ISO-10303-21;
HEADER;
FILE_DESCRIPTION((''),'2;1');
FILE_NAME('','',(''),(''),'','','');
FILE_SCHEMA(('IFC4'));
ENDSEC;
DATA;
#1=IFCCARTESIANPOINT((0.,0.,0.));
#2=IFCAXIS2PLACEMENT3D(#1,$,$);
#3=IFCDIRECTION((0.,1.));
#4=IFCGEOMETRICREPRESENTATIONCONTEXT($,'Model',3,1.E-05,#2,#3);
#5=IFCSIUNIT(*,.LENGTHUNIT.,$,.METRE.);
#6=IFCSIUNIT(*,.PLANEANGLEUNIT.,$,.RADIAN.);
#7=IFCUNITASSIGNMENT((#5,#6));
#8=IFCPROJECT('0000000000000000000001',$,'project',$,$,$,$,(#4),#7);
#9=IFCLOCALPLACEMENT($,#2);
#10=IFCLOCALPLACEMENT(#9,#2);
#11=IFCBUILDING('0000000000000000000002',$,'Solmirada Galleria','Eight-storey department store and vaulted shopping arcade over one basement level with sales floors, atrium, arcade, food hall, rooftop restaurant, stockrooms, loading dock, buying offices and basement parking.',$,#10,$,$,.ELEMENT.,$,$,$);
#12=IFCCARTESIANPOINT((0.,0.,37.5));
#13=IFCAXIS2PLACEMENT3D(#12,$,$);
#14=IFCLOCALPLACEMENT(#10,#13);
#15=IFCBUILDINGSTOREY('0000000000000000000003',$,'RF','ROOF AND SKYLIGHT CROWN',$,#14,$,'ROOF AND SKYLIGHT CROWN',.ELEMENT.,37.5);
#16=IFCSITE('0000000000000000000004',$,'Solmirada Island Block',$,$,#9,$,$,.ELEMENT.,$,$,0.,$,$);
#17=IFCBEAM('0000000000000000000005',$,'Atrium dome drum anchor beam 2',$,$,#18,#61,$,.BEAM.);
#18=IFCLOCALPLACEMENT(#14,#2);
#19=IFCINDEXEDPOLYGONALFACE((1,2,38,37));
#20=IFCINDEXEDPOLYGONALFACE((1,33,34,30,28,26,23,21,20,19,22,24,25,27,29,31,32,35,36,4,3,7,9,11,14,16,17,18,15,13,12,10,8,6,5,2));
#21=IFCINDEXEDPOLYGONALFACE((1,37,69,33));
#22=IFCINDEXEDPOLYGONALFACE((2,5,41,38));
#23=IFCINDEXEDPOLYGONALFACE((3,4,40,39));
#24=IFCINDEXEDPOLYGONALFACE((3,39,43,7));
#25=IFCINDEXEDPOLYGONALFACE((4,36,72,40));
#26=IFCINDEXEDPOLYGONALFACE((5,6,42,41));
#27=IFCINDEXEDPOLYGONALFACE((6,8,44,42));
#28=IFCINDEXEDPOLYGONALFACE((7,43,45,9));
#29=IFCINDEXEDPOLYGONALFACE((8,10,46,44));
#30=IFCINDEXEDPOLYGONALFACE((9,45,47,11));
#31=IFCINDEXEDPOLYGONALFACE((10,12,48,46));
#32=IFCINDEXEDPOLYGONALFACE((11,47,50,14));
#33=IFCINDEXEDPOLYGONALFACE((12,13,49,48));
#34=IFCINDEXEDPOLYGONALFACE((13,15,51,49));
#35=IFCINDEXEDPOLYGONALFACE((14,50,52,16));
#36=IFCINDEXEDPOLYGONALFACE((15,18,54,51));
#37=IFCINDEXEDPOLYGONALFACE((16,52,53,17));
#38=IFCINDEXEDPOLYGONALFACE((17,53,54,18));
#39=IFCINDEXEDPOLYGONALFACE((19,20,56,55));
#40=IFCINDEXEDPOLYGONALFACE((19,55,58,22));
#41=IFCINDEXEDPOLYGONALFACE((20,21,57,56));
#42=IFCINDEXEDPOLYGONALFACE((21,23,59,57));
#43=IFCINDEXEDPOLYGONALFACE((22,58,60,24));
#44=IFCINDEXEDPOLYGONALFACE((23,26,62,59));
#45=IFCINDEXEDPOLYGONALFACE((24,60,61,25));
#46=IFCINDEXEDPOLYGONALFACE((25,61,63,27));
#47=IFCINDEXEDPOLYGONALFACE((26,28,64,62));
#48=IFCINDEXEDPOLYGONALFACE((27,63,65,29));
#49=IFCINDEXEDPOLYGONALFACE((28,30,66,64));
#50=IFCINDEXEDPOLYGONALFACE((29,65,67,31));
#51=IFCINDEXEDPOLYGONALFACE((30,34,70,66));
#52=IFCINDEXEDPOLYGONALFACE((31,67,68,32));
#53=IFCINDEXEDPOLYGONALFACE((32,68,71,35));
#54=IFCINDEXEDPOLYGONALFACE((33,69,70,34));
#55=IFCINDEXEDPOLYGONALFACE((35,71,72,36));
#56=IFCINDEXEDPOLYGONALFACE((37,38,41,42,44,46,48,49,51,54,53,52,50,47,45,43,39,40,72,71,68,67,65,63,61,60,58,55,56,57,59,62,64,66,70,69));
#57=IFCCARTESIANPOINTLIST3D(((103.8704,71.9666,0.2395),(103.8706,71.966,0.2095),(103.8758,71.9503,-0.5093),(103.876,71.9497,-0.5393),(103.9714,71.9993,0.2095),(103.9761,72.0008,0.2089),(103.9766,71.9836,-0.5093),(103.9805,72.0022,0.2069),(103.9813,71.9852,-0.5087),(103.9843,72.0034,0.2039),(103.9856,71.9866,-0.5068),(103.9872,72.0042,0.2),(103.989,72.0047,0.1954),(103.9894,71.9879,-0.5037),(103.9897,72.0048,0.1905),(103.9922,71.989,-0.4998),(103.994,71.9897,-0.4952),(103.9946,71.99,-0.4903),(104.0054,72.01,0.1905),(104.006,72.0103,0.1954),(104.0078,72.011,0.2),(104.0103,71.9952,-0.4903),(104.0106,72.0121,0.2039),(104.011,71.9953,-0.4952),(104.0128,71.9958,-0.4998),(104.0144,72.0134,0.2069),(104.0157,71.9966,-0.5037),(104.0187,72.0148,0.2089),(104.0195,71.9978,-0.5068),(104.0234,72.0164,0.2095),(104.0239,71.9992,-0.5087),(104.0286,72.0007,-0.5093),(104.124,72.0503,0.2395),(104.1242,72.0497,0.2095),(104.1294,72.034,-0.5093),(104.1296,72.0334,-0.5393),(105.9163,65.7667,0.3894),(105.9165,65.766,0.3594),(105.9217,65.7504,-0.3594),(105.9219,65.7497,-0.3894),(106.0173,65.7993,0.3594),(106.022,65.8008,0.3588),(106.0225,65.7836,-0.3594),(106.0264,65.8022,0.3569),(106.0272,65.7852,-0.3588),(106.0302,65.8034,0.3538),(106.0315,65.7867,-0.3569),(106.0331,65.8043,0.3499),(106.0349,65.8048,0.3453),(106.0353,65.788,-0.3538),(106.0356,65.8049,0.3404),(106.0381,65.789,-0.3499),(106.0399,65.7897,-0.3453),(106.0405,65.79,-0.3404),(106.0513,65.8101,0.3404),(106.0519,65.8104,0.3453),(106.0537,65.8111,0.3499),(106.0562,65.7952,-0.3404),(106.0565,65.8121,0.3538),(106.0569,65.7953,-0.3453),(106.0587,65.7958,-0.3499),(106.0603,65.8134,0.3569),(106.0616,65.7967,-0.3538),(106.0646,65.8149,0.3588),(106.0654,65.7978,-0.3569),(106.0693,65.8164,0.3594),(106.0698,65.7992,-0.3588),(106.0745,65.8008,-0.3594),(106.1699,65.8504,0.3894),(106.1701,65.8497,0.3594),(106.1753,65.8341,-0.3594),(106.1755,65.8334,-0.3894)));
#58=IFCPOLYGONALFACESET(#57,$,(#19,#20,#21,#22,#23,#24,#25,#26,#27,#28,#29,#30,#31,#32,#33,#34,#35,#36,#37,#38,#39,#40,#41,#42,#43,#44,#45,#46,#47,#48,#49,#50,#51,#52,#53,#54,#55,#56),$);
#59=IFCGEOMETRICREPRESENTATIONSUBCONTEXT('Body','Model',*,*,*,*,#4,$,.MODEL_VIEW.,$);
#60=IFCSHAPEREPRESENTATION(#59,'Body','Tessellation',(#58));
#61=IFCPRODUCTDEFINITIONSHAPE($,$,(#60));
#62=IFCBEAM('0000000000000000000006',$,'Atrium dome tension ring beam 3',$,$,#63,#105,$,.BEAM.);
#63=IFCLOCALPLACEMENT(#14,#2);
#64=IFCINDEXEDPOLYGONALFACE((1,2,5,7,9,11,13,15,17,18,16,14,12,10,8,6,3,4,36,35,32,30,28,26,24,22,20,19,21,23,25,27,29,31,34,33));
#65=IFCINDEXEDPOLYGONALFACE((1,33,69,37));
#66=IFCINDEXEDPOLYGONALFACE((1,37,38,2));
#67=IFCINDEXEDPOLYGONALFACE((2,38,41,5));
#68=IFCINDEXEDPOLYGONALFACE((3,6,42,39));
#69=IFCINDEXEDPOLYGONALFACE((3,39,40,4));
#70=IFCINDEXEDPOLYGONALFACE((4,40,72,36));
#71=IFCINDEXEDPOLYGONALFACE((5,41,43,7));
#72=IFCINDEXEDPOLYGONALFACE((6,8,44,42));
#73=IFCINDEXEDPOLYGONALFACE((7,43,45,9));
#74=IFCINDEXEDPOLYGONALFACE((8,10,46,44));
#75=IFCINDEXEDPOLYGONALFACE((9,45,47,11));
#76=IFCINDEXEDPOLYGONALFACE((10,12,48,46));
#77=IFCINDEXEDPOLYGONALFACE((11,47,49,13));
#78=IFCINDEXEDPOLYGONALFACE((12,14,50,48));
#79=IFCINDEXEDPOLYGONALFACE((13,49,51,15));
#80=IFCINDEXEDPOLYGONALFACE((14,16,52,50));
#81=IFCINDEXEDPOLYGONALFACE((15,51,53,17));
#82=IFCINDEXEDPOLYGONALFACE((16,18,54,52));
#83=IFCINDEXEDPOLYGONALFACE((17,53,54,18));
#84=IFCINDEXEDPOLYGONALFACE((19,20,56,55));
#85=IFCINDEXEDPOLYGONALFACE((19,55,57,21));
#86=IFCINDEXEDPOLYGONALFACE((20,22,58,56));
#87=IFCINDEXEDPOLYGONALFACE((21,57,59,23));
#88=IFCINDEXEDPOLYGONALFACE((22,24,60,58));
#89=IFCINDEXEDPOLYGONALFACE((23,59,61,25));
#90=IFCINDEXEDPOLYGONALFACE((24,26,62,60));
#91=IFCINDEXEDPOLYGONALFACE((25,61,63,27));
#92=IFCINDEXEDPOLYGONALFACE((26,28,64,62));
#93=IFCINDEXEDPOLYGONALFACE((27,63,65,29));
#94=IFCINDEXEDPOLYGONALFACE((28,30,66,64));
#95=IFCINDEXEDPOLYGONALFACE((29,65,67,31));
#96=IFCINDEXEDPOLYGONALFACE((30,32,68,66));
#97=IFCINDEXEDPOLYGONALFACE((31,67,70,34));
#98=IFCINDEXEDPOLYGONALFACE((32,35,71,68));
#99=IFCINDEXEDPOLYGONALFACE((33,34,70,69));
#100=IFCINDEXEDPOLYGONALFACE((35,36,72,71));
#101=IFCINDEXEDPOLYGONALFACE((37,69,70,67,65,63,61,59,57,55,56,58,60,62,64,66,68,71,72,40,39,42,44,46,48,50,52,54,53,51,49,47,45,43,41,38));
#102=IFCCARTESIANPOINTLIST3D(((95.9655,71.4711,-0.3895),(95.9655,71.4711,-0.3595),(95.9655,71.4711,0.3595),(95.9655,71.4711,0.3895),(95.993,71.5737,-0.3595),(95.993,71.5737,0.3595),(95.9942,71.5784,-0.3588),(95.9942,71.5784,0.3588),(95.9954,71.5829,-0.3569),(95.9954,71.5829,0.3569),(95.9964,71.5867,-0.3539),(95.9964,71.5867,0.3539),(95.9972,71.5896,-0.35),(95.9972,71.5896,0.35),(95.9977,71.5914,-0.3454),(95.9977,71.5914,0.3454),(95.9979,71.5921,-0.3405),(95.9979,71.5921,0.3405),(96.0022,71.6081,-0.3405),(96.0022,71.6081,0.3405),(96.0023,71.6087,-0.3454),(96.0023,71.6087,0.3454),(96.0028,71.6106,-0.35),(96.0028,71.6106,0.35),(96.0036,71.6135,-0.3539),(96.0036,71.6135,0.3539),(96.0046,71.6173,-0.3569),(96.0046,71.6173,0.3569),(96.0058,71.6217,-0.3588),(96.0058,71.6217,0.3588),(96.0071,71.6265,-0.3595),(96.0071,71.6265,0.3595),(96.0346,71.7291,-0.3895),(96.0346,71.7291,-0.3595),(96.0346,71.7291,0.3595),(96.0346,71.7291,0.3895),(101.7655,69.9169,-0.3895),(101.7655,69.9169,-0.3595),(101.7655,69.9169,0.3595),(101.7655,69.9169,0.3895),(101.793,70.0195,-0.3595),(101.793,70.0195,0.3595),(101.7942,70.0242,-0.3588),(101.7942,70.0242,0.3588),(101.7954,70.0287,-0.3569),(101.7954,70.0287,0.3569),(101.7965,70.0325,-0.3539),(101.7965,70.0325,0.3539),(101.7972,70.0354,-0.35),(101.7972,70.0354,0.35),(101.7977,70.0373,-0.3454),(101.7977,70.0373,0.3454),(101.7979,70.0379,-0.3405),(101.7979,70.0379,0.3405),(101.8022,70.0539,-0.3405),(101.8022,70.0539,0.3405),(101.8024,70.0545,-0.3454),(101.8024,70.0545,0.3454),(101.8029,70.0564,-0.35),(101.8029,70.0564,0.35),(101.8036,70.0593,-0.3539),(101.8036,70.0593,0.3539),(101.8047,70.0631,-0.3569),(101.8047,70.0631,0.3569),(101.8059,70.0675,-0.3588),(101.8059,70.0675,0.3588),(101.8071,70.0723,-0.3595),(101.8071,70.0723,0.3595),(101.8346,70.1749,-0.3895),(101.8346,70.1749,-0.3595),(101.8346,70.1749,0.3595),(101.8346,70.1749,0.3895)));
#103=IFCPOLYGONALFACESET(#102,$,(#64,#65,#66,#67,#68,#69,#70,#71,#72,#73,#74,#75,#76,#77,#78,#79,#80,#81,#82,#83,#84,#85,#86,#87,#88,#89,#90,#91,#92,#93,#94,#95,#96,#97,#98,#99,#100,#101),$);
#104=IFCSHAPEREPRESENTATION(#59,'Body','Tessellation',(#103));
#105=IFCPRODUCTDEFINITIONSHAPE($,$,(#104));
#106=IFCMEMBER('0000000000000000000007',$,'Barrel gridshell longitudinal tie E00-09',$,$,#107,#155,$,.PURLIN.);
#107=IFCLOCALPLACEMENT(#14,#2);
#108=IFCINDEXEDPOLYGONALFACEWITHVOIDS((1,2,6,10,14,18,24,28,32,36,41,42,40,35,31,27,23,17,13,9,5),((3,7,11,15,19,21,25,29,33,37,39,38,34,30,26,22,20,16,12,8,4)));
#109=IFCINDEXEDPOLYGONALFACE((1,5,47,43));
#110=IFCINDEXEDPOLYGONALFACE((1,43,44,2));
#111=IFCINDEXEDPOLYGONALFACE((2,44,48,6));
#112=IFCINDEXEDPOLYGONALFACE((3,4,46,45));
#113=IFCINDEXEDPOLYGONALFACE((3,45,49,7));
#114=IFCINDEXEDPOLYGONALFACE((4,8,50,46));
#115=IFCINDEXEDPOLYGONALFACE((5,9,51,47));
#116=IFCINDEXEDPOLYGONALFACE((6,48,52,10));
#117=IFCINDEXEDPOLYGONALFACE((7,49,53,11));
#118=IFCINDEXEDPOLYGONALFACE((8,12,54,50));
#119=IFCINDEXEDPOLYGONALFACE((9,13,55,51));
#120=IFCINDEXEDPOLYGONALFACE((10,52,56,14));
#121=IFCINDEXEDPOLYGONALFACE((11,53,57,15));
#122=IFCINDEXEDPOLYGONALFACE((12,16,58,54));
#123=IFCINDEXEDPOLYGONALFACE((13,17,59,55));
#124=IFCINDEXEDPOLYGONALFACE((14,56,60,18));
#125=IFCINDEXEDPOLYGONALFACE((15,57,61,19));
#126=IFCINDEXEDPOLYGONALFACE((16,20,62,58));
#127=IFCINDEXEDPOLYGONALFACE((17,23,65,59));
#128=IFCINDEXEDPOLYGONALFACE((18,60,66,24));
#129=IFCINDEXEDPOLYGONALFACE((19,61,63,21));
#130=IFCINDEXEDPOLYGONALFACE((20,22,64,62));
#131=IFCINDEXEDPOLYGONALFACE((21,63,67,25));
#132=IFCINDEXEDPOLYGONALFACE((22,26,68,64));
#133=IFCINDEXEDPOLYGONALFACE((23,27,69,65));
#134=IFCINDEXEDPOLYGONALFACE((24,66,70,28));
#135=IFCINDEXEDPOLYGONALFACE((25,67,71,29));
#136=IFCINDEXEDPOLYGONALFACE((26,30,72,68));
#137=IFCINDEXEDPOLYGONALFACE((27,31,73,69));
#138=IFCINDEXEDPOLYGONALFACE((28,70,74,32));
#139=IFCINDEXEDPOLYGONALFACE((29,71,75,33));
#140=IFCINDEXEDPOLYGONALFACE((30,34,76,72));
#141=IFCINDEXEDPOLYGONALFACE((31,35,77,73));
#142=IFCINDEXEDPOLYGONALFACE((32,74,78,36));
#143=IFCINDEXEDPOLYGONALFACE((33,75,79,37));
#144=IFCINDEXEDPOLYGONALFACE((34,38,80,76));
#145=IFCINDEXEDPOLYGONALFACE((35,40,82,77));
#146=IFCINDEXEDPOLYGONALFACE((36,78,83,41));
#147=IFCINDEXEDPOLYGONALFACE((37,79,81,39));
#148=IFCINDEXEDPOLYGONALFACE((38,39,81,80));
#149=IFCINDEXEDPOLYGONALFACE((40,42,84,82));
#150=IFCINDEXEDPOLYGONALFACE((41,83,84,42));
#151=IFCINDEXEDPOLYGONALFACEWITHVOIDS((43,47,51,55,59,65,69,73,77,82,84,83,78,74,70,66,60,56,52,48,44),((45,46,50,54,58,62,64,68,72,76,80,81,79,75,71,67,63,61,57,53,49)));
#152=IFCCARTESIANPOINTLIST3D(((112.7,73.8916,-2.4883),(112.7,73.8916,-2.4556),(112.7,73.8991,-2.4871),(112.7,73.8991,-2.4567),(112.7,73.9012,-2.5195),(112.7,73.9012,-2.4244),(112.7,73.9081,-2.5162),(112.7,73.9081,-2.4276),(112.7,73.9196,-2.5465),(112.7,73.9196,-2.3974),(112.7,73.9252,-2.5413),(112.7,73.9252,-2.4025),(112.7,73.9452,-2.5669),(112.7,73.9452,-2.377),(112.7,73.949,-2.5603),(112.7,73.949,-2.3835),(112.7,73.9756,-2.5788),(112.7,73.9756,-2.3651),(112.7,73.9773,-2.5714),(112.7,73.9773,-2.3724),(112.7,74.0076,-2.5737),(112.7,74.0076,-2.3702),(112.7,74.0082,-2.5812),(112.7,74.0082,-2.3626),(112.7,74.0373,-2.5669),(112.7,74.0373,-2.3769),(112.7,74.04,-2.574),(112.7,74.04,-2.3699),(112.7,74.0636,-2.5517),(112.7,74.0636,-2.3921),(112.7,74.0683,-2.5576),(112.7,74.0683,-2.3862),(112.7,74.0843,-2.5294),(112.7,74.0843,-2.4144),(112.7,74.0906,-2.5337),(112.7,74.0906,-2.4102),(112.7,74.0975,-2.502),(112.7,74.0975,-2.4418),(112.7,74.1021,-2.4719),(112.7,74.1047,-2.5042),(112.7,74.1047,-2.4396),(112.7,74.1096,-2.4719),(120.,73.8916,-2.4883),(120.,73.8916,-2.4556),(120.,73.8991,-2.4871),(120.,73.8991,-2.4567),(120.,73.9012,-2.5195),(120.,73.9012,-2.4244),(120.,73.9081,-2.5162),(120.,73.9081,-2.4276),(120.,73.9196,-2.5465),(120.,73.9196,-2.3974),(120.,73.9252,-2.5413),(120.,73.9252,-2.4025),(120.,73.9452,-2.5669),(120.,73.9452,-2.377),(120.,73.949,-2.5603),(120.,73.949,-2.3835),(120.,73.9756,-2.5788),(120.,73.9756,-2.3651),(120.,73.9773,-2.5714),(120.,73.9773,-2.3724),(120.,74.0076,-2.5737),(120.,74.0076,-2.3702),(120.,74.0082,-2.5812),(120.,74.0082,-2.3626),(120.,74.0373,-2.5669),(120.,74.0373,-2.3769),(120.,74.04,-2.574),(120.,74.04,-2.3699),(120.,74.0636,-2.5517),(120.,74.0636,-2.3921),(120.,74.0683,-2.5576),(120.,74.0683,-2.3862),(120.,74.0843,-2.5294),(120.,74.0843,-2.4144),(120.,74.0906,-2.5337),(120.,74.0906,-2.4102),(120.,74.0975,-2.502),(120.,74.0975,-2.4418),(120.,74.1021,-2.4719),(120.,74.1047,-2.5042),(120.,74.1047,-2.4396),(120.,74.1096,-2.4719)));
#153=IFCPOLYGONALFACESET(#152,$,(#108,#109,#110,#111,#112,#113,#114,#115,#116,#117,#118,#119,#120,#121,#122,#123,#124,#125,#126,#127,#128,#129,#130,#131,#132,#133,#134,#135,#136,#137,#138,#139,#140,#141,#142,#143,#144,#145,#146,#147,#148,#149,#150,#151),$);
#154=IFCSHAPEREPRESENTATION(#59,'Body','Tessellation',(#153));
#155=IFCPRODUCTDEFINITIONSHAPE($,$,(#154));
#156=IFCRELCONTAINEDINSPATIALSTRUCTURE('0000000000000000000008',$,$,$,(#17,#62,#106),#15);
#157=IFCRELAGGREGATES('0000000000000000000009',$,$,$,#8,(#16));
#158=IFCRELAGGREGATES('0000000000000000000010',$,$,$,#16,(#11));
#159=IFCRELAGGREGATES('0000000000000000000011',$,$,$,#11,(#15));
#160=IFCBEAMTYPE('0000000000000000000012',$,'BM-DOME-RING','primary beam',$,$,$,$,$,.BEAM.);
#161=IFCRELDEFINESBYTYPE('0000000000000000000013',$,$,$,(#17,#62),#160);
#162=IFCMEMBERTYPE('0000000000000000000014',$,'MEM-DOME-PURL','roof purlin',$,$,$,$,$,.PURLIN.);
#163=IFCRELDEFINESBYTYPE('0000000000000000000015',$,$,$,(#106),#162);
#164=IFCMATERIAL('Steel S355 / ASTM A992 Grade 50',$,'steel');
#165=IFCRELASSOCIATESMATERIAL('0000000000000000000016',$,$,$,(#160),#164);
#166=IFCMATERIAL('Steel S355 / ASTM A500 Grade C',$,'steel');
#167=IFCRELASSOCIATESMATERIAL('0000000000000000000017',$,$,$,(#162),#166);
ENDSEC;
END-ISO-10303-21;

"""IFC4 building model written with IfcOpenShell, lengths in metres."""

from ifc_helpers import new_model, si_unit, direction, frame, origin, origin_2d, place, context, subcontext, project, spatial, hollow_circle, i_section, extrude, material, material_profile, profile_set, type_object, element, save


model = new_model("IFC4")

# Units and contexts
model_context = context("Model", 3, precision=1e-05, world=origin(), true_north=direction((0.0, 1.0)))
body_context = subcontext(model_context, "Body", "Model", "MODEL_VIEW")
ifc_project = project(units=[si_unit("LENGTHUNIT", "METRE"), si_unit("PLANEANGLEUNIT", "RADIAN")], contexts=[model_context])

# Site, building, storey
site_placement = place(None, origin())
site = spatial("IfcSite", under=ifc_project, at=site_placement, Name="Solmirada Island Block", CompositionType="ELEMENT", RefElevation=0.0)
building_placement = place(site_placement, origin())
building = spatial("IfcBuilding", under=site, at=building_placement, Name="Solmirada Galleria", Description="Eight-storey department store and vaulted shopping arcade over one basement level with sales floors, atrium, arcade, food hall, rooftop restaurant, stockrooms, loading dock, buying offices and basement parking.", CompositionType="ELEMENT")
storey_placement = place(building_placement, frame((0.0, 0.0, 37.5)))
storey = spatial("IfcBuildingStorey", under=building, at=storey_placement, Name="RF", Description="ROOF AND SKYLIGHT CROWN", LongName="ROOF AND SKYLIGHT CROWN", CompositionType="ELEMENT", Elevation=37.5)

# Beams
ifc_material_1 = material(Name="Steel S355 / ASTM A992 Grade 50", Category="steel")
ifc_material_profile_1 = material_profile(ifc_material_1, i_section(OverallWidth=0.2671, OverallDepth=0.7791, WebThickness=0.0166, FlangeThickness=0.03, FilletRadius=0.019, at=origin_2d()), Name="W30X148")
ifc_profile_set_1 = profile_set([ifc_material_profile_1], Name="Steel S355 / ASTM A992 Grade 50")
beam_type = type_object("IfcBeamType", Name="BM-DOME-RING", Description="primary beam", PredefinedType="BEAM", material=ifc_profile_set_1)
beam_1_placement = place(storey_placement, frame((104.0, 72.0, -0.1499), z_axis=(0.313283, -0.949382, 0.022954), x_axis=(0.949633, 0.313366, 0.0)))
element("IfcBeam", 1, at=beam_1_placement, inside=storey, type_object=beam_type, Name="Atrium dome drum anchor beam 2", PredefinedType="BEAM", context=body_context, shape_type="SweptSolid", body=[
    extrude(i_section(OverallWidth=0.2671, OverallDepth=0.7791, WebThickness=0.0166, FlangeThickness=0.03, FilletRadius=0.019, at=origin_2d()), origin(), (0.0, 0.0, 1.0), 6.5305),
])
beam_2_placement = place(storey_placement, frame((101.8, 70.0459, 0.0), z_axis=(-0.965922, 0.258832, 0.0), x_axis=(-0.258832, -0.965922, 0.0)))
element("IfcBeam", 2, at=beam_2_placement, inside=storey, type_object=beam_type, Name="Atrium dome tension ring beam 3", PredefinedType="BEAM", context=body_context, shape_type="SweptSolid", body=[
    extrude(i_section(OverallWidth=0.2671, OverallDepth=0.7791, WebThickness=0.0166, FlangeThickness=0.03, FilletRadius=0.019, at=origin_2d()), origin(), (0.0, 0.0, 1.0), 6.0046),
])

# Member
ifc_material_2 = material(Name="Steel S355 / ASTM A500 Grade C", Category="steel")
ifc_material_profile_2 = material_profile(ifc_material_2, hollow_circle(Radius=0.1096, WallThickness=0.0076, at=origin_2d()), Name="HSS8.625X0.322")
ifc_profile_set_2 = profile_set([ifc_material_profile_2], Name="Steel S355 / ASTM A500 Grade C")
member_type_1 = type_object("IfcMemberType", Name="MEM-DOME-PURL", Description="roof purlin", PredefinedType="PURLIN", material=ifc_profile_set_2)
member_1_placement = place(storey_placement, frame((112.7, 74.0, -2.4719), z_axis=(1.0, 0.0, 0.0), x_axis=(0.0, 1.0, 0.0)))
element("IfcMember", 3, at=member_1_placement, inside=storey, type_object=member_type_1, Name="Barrel gridshell longitudinal tie E00-09", PredefinedType="PURLIN", context=body_context, shape_type="SweptSolid", body=[
    extrude(hollow_circle(Radius=0.1096, WallThickness=0.0076, at=origin_2d()), origin(), (0.0, 0.0, 1.0), 7.3),
])

save(model, "model.ifc")
